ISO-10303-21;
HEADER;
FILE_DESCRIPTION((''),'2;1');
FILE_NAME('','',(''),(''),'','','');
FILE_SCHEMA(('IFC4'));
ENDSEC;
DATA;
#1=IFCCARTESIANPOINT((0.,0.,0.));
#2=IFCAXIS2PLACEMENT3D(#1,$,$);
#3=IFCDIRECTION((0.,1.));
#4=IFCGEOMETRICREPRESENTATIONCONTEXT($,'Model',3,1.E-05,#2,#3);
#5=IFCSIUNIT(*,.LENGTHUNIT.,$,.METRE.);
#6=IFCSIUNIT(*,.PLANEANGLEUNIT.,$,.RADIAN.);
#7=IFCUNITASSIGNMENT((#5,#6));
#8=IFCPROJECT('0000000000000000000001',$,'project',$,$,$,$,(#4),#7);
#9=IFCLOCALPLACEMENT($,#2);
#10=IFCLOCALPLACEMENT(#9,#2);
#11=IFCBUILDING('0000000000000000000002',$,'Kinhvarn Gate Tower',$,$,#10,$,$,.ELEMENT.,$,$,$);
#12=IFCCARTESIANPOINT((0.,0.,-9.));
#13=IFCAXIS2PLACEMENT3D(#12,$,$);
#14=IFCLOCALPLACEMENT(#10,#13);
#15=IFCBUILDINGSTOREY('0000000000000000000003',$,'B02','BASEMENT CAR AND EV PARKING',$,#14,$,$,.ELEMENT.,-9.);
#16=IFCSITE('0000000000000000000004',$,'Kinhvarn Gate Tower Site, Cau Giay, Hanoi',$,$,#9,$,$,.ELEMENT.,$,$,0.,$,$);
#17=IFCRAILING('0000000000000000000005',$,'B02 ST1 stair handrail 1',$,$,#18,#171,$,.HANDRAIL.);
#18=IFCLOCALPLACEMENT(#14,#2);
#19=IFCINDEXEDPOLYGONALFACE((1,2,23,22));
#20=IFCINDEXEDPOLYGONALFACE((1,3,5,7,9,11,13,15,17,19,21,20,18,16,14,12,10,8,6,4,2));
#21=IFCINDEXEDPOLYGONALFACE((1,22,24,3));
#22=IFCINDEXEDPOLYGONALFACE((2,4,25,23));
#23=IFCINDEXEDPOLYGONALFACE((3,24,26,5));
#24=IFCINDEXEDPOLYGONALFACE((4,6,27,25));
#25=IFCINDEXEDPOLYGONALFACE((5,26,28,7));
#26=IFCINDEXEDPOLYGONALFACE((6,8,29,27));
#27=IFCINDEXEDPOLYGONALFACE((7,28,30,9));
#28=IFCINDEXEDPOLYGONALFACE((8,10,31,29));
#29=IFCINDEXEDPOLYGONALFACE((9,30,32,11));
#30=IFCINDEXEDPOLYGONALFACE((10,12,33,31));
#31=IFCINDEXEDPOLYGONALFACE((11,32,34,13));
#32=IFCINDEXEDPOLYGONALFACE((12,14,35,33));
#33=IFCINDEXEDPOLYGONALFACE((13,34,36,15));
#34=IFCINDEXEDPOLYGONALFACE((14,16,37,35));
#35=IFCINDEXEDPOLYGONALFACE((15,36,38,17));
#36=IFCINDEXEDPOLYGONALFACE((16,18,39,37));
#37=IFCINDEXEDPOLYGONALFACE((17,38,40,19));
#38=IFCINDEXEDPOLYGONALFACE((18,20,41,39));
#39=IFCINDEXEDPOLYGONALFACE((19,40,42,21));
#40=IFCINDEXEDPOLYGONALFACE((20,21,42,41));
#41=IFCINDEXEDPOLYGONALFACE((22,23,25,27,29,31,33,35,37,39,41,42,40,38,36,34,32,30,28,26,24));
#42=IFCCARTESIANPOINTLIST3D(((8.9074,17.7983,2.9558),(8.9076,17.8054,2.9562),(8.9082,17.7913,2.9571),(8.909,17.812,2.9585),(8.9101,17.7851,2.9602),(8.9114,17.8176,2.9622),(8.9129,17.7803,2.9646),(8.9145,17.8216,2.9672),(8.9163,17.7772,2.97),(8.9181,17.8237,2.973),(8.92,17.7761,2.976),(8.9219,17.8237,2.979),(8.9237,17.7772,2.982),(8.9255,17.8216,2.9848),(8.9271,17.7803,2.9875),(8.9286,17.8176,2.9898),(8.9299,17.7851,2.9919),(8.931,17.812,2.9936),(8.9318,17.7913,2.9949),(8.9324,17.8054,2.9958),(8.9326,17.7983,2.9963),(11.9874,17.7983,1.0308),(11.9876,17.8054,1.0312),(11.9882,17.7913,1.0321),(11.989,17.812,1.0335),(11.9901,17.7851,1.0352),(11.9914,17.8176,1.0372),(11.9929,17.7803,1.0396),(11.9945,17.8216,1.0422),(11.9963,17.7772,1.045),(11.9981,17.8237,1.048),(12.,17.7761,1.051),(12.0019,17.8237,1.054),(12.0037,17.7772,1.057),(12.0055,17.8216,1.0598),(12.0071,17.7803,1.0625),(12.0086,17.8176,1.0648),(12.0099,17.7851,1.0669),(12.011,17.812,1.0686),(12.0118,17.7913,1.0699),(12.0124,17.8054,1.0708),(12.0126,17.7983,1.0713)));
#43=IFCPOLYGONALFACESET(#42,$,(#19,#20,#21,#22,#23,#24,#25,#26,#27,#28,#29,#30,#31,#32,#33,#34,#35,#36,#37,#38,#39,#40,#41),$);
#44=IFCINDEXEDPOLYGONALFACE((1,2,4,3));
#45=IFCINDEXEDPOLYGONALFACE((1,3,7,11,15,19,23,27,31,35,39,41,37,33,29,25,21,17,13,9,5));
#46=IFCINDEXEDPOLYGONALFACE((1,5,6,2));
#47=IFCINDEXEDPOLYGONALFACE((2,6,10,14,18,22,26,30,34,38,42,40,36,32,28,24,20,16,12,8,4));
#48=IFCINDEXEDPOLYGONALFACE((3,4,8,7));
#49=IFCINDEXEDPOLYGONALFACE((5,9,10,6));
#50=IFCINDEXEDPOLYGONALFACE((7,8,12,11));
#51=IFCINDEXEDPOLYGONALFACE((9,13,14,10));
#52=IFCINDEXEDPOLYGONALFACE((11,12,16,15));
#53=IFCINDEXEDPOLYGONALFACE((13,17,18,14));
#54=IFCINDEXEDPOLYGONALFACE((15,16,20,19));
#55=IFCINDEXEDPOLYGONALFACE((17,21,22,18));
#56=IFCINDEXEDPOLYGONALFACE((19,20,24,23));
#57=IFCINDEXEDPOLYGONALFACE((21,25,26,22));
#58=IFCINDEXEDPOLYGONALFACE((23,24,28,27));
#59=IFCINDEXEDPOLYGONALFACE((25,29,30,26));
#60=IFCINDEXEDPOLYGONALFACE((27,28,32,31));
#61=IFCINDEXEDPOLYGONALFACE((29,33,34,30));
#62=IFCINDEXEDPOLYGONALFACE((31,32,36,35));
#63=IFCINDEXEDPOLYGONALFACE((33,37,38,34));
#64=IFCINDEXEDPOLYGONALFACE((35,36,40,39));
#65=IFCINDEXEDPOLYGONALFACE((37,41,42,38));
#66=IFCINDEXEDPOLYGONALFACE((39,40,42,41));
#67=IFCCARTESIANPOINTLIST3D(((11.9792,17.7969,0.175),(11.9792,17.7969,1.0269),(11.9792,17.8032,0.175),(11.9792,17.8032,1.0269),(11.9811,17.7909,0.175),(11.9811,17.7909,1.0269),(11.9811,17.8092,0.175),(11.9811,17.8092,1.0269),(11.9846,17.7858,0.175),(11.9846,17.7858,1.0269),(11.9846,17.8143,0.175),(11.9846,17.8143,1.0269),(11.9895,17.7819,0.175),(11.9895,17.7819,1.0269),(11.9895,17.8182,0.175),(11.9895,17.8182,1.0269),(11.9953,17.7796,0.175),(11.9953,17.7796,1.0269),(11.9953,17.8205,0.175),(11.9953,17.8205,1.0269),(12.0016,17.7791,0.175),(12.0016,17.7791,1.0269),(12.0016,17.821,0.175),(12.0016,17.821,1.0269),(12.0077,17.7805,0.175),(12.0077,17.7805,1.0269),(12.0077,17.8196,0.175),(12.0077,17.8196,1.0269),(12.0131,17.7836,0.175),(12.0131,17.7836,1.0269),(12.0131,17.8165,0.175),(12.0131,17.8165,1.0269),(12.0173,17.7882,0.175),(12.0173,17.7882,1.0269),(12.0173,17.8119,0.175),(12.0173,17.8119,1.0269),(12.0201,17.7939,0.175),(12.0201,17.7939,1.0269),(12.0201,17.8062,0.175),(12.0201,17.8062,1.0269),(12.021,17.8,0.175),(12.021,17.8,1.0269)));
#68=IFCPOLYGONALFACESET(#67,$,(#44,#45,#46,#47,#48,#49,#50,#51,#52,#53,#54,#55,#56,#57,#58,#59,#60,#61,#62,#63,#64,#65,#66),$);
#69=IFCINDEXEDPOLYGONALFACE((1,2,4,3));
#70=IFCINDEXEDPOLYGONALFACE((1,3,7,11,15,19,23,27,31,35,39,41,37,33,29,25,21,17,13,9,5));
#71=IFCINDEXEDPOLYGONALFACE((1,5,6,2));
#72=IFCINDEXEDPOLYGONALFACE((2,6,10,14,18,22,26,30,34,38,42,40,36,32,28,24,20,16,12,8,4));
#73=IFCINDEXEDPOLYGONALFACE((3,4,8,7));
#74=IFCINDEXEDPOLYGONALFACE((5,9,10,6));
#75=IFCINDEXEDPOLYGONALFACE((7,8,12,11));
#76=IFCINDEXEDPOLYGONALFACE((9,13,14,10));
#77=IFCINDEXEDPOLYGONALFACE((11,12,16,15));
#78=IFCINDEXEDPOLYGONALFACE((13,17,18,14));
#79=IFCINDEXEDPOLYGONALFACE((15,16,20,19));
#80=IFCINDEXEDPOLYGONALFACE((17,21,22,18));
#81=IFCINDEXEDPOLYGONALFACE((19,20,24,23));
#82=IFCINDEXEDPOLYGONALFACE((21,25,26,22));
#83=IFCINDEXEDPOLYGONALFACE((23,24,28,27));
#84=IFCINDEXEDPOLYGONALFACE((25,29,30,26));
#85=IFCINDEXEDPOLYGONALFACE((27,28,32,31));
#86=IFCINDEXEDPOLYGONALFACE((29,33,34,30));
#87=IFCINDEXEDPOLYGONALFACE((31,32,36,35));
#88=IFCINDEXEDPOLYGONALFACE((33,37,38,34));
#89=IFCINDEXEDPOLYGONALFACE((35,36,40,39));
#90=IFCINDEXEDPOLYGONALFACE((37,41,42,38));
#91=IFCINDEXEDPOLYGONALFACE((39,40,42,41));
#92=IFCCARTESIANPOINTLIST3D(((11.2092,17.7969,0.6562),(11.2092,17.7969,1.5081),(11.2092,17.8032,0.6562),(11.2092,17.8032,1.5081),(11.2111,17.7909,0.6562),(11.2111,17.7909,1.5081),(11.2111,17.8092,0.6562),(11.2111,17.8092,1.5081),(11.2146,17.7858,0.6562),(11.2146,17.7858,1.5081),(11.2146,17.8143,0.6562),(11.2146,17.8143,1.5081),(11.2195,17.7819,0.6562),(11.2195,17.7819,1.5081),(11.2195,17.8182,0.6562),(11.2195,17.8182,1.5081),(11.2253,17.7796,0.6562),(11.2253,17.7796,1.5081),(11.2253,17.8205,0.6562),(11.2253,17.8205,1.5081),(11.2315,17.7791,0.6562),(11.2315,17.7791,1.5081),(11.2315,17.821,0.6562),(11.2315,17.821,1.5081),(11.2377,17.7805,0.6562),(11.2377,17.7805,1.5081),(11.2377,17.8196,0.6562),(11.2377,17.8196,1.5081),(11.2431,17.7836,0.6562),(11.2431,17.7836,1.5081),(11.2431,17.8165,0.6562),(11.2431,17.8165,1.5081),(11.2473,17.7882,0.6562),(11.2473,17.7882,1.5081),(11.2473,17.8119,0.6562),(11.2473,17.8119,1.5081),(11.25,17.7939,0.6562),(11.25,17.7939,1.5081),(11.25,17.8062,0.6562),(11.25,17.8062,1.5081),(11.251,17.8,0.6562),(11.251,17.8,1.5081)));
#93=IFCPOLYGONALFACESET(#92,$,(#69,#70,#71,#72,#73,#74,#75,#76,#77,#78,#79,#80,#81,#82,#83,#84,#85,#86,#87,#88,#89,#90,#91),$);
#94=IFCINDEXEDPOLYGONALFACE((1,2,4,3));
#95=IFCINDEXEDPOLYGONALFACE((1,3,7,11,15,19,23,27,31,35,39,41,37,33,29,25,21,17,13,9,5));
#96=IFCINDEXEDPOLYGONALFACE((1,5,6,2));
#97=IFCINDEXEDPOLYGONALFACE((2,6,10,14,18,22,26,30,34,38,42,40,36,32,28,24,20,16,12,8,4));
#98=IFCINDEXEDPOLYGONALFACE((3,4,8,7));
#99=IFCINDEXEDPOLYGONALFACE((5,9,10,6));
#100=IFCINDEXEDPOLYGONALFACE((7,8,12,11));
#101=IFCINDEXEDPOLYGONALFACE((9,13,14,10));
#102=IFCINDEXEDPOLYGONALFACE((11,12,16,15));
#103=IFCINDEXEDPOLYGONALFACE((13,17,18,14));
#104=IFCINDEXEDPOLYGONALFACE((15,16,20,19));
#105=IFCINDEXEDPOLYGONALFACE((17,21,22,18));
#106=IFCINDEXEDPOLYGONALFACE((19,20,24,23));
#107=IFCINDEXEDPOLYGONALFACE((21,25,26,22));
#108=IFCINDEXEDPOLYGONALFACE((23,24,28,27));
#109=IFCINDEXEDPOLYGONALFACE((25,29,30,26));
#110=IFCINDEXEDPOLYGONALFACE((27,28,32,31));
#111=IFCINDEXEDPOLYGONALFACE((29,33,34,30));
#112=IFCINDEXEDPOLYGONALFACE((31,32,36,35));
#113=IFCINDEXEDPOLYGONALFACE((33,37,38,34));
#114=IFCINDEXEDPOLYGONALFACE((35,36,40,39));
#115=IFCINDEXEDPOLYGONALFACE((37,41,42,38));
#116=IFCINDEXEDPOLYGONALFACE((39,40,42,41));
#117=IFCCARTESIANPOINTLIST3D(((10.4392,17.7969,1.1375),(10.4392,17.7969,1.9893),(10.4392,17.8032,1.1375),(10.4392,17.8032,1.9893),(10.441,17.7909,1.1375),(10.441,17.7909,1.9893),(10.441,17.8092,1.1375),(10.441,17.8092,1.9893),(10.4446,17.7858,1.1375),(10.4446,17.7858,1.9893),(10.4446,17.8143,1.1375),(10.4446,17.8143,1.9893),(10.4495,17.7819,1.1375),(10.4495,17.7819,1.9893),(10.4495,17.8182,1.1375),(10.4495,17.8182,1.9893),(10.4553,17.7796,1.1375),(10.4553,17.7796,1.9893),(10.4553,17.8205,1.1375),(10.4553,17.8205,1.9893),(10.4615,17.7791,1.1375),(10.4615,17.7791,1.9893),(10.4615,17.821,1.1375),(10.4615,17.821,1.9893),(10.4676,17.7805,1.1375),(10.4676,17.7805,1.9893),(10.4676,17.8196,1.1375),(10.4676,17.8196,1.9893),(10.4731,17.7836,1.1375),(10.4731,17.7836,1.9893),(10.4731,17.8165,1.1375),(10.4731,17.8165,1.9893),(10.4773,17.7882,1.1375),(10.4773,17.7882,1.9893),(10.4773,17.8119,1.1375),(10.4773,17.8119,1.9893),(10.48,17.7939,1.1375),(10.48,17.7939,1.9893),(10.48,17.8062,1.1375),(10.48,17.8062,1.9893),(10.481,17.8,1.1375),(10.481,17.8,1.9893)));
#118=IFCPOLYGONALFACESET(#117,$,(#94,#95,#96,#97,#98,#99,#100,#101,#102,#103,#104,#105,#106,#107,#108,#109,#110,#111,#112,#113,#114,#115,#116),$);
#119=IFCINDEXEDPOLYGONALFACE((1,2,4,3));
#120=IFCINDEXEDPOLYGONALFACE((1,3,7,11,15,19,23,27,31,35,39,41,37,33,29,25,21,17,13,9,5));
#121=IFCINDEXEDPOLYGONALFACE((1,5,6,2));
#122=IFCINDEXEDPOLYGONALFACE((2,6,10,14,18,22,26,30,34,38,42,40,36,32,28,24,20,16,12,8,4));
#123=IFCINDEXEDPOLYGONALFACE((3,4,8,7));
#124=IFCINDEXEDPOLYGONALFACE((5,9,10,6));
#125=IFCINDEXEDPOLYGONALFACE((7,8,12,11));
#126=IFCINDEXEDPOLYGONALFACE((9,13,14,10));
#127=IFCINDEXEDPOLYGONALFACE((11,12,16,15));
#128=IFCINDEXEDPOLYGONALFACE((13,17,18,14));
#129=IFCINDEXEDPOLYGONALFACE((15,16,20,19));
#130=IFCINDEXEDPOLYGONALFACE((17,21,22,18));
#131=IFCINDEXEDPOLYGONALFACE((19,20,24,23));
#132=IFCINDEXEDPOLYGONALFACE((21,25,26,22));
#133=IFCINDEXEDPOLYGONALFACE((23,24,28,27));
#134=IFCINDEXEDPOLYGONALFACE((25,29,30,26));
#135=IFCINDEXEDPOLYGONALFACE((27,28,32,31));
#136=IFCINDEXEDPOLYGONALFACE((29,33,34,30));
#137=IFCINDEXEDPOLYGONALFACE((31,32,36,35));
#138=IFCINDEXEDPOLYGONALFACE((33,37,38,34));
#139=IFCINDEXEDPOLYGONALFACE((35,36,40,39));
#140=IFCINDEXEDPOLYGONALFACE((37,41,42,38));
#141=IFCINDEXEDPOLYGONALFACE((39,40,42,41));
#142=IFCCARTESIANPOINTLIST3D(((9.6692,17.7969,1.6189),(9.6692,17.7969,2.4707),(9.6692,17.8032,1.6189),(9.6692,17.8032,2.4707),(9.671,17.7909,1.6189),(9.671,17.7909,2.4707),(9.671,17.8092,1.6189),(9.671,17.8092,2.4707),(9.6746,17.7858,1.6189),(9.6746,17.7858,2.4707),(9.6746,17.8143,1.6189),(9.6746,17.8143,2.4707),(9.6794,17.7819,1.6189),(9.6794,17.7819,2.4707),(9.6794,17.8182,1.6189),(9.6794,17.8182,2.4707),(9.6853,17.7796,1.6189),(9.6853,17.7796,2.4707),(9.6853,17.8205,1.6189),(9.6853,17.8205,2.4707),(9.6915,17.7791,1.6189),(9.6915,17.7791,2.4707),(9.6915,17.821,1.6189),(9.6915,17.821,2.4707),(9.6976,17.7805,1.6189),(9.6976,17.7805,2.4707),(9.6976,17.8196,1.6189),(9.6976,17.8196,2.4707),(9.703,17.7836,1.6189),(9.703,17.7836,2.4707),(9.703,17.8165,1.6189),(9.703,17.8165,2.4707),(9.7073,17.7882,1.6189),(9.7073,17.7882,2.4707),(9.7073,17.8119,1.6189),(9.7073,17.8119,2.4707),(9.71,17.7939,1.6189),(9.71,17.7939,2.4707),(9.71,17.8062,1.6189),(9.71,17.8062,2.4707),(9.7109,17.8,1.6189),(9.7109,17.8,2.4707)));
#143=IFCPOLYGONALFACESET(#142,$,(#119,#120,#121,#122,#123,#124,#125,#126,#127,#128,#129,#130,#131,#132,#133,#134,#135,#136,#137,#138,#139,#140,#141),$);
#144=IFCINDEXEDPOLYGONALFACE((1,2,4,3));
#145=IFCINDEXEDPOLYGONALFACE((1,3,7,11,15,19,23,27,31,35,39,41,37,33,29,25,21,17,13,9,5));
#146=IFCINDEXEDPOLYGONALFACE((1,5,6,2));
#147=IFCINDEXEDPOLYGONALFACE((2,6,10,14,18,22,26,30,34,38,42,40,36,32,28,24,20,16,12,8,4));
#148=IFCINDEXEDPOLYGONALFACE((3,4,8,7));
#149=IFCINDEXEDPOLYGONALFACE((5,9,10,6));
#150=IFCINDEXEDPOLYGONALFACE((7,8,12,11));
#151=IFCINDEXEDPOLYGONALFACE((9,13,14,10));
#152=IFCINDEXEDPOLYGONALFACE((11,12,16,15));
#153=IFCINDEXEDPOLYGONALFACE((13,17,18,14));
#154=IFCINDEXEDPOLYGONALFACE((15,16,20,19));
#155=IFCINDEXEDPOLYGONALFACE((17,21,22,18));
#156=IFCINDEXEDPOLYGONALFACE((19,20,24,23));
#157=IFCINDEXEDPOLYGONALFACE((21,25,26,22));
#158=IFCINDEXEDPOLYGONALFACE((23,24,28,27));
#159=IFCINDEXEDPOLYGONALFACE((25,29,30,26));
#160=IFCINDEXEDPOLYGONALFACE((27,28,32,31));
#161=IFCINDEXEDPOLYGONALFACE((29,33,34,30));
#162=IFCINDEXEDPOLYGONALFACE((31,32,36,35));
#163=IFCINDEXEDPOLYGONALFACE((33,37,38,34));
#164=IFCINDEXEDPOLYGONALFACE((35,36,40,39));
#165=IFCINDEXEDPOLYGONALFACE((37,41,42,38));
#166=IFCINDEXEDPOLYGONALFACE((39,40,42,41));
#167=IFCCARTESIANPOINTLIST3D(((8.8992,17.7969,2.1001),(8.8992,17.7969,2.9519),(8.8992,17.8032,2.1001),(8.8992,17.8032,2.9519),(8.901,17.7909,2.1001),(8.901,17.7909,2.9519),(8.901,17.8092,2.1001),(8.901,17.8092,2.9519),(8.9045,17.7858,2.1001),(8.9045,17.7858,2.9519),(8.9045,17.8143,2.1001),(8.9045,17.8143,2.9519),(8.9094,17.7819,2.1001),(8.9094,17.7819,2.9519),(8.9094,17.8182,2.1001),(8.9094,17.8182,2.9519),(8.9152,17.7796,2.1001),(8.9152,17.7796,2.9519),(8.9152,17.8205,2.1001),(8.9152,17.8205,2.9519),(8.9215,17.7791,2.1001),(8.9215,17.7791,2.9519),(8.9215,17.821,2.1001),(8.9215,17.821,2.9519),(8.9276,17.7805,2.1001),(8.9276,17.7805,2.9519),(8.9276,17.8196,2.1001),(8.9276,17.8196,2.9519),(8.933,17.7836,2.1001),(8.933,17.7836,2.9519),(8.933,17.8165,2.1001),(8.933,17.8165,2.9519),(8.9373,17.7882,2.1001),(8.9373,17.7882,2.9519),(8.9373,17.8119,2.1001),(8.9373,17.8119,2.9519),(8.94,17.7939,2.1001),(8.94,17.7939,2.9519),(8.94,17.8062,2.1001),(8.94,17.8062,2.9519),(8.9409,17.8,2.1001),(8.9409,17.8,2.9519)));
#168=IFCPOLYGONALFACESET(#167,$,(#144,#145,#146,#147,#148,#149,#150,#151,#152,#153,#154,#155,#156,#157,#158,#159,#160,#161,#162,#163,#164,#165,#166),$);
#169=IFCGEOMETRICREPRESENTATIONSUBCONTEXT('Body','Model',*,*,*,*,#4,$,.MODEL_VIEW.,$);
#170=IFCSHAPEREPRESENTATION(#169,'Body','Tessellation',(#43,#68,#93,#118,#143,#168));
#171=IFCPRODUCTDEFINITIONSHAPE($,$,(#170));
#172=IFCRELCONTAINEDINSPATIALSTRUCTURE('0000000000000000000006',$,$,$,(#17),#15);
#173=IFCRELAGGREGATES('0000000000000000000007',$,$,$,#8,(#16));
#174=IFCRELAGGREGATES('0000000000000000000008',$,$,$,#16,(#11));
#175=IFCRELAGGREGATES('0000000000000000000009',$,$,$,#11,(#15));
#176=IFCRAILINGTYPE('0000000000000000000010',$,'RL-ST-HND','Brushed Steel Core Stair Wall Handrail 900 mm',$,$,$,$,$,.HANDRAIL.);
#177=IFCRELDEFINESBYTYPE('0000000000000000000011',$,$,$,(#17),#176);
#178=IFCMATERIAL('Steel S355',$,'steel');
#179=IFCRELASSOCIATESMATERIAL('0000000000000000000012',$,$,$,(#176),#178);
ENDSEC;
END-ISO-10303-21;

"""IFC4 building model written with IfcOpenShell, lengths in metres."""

from ifc_helpers import new_model, si_unit, direction, frame, origin, origin_2d, place, context, subcontext, project, spatial, circle, extrude, material, type_object, element, save


model = new_model("IFC4")

# Units and contexts
model_context = context("Model", 3, precision=1e-05, world=origin(), true_north=direction((0.0, 1.0)))
body_context = subcontext(model_context, "Body", "Model", "MODEL_VIEW")
ifc_project = project(units=[si_unit("LENGTHUNIT", "METRE"), si_unit("PLANEANGLEUNIT", "RADIAN")], contexts=[model_context])

# Site, building, storey
site_placement = place(None, origin())
site = spatial("IfcSite", under=ifc_project, at=site_placement, Name="Kinhvarn Gate Tower Site, Cau Giay, Hanoi", CompositionType="ELEMENT", RefElevation=0.0)
building_placement = place(site_placement, origin())
building = spatial("IfcBuilding", under=site, at=building_placement, Name="Kinhvarn Gate Tower", CompositionType="ELEMENT")
storey_placement = place(building_placement, frame((0.0, 0.0, -9.0)))
storey = spatial("IfcBuildingStorey", under=building, at=storey_placement, Name="B02", Description="BASEMENT CAR AND EV PARKING", CompositionType="ELEMENT", Elevation=-9.0)

# Shared definitions
ifc_material_1 = material(Name="Steel S355", Category="steel")

# Railing
railing_type_1 = type_object("IfcRailingType", Name="RL-ST-HND", Description="Brushed Steel Core Stair Wall Handrail 900 mm", PredefinedType="HANDRAIL", material=ifc_material_1)
railing_1_placement = place(storey_placement, frame((12.0, 17.8, 0.175)))
element("IfcRailing", 1, at=railing_1_placement, inside=storey, type_object=railing_type_1, Name="B02 ST1 stair handrail 1", PredefinedType="HANDRAIL", context=body_context, shape_type="SweptSolid", body=[
    extrude(circle(Radius=0.0239, at=origin_2d()), frame((0.0, 0.0, 0.876), z_axis=(-0.847998, 0.0, 0.529999), x_axis=(0.0, -1.0, 0.0)), (0.0, 0.0, 1.0), 3.6321),
    extrude(circle(Radius=0.021, at=origin_2d()), origin(), (0.0, 0.0, 1.0), 0.8518),
    extrude(circle(Radius=0.021, at=origin_2d()), frame((-0.77, 0.0, 0.4812)), (0.0, 0.0, 1.0), 0.8518),
    extrude(circle(Radius=0.021, at=origin_2d()), frame((-1.54, 0.0, 0.9624)), (0.0, 0.0, 1.0), 0.8518),
    extrude(circle(Radius=0.021, at=origin_2d()), frame((-2.3101, 0.0, 1.4438)), (0.0, 0.0, 1.0), 0.8518),
    extrude(circle(Radius=0.021, at=origin_2d()), frame((-3.0801, 0.0, 1.925)), (0.0, 0.0, 1.0), 0.8518),
])

save(model, "model.ifc")
